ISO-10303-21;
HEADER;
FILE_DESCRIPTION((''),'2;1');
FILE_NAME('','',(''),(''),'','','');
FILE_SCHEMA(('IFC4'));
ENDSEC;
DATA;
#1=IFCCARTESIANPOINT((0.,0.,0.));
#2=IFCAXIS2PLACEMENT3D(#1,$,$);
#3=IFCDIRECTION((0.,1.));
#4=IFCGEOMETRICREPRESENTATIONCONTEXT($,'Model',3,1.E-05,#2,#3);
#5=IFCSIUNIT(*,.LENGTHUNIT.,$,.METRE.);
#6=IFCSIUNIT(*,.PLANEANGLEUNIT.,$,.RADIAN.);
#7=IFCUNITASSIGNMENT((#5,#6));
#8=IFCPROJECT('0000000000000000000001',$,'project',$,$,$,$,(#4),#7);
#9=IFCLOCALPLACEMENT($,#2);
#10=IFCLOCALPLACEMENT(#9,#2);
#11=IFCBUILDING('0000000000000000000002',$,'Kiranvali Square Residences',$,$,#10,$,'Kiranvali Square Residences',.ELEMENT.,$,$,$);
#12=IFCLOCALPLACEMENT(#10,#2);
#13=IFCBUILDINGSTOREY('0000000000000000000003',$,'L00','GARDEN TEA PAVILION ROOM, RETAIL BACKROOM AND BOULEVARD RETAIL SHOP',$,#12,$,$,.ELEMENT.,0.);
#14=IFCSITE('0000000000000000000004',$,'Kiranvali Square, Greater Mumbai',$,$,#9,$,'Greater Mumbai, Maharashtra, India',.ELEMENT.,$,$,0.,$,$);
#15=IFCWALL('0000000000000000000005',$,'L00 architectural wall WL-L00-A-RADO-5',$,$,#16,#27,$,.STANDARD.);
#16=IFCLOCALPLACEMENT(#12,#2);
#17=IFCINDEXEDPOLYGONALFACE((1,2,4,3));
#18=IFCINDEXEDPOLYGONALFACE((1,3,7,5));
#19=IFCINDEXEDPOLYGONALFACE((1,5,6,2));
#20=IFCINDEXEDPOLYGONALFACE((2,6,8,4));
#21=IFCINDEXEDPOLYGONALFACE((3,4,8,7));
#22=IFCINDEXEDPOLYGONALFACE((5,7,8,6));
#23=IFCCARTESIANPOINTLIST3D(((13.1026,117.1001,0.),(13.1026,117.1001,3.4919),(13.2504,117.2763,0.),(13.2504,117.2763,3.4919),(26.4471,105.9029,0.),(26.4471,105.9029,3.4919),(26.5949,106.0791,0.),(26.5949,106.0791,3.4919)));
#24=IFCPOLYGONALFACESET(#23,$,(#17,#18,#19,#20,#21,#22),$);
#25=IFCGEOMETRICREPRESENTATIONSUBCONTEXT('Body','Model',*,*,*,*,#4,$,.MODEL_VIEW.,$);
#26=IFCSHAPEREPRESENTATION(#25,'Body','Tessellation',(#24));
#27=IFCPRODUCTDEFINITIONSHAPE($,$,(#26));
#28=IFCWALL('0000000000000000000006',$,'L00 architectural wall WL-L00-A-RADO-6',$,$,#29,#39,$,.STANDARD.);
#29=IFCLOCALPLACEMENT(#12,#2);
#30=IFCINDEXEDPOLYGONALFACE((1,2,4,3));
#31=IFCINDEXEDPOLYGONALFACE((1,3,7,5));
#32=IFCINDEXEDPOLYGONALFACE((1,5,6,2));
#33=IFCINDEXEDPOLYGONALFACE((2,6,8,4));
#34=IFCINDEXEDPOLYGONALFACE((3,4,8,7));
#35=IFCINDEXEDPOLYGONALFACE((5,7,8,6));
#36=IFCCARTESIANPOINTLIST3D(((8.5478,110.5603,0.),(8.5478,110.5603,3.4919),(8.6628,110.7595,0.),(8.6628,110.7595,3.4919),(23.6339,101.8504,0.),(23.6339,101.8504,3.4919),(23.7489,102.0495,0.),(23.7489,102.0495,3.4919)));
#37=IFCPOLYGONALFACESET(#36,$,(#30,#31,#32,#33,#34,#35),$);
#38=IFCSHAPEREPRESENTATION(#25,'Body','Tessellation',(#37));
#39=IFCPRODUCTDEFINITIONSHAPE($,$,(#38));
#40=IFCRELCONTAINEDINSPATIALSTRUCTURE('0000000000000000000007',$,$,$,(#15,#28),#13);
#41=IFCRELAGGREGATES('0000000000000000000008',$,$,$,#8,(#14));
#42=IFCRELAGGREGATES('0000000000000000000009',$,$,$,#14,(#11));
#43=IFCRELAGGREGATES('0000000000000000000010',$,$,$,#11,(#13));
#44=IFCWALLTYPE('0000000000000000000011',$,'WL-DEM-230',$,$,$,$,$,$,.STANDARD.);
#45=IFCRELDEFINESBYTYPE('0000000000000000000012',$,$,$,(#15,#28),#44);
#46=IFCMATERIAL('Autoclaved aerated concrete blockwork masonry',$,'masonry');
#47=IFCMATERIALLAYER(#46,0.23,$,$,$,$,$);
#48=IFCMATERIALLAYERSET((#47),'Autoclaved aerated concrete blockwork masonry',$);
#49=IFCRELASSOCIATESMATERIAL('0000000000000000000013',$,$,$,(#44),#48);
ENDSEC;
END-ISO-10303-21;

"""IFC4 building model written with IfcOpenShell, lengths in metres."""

from ifc_helpers import new_model, si_unit, direction, frame, frame_2d, origin, place, context, subcontext, project, spatial, rectangle, extrude, material, layer, layer_set, type_object, element, save


model = new_model("IFC4")

# Units and contexts
model_context = context("Model", 3, precision=1e-05, world=origin(), true_north=direction((0.0, 1.0)))
body_context = subcontext(model_context, "Body", "Model", "MODEL_VIEW")
ifc_project = project(units=[si_unit("LENGTHUNIT", "METRE"), si_unit("PLANEANGLEUNIT", "RADIAN")], contexts=[model_context])

# Site, building, storey
site_placement = place(None, origin())
site = spatial("IfcSite", under=ifc_project, at=site_placement, Name="Kiranvali Square, Greater Mumbai", LongName="Greater Mumbai, Maharashtra, India", CompositionType="ELEMENT", RefElevation=0.0)
building_placement = place(site_placement, origin())
building = spatial("IfcBuilding", under=site, at=building_placement, Name="Kiranvali Square Residences", LongName="Kiranvali Square Residences", CompositionType="ELEMENT")
storey_placement = place(building_placement, origin())
storey = spatial("IfcBuildingStorey", under=building, at=storey_placement, Name="L00", Description="GARDEN TEA PAVILION ROOM, RETAIL BACKROOM AND BOULEVARD RETAIL SHOP", CompositionType="ELEMENT", Elevation=0.0)

# Shared definitions
ifc_material_1 = material(Name="Autoclaved aerated concrete blockwork masonry", Category="masonry")

# Walls
ifc_layer_1 = layer(ifc_material_1, 0.23)
ifc_layer_set_1 = layer_set([ifc_layer_1], Name="Autoclaved aerated concrete blockwork masonry")
wall_type_1 = type_object("IfcWallType", Name="WL-DEM-230", PredefinedType="STANDARD", material=ifc_layer_set_1)
for number, where, z_axis, x_axis, name in (
    (1, (26.521, 105.991, 0.0), (0.0, 0.0, 1.0), (-0.766047, 0.642785, 0.0), "L00 architectural wall WL-L00-A-RADO-5"),
    (2, (23.6914, 101.95, 0.0), (0.0, 0.0, 1.0), (-0.866027, 0.499998, 0.0), "L00 architectural wall WL-L00-A-RADO-6"),
):
    element("IfcWall", number, at=place(storey_placement, frame(where, z_axis=z_axis, x_axis=x_axis)), inside=storey, type_object=wall_type_1, Name=name, PredefinedType="STANDARD", context=body_context, shape_type="SweptSolid", body=[
        extrude(rectangle(XDim=17.4199, YDim=0.23, at=frame_2d((8.71, 0.0))), origin(), (0.0, 0.0, 1.0), 3.4919),
    ])

save(model, "model.ifc")
